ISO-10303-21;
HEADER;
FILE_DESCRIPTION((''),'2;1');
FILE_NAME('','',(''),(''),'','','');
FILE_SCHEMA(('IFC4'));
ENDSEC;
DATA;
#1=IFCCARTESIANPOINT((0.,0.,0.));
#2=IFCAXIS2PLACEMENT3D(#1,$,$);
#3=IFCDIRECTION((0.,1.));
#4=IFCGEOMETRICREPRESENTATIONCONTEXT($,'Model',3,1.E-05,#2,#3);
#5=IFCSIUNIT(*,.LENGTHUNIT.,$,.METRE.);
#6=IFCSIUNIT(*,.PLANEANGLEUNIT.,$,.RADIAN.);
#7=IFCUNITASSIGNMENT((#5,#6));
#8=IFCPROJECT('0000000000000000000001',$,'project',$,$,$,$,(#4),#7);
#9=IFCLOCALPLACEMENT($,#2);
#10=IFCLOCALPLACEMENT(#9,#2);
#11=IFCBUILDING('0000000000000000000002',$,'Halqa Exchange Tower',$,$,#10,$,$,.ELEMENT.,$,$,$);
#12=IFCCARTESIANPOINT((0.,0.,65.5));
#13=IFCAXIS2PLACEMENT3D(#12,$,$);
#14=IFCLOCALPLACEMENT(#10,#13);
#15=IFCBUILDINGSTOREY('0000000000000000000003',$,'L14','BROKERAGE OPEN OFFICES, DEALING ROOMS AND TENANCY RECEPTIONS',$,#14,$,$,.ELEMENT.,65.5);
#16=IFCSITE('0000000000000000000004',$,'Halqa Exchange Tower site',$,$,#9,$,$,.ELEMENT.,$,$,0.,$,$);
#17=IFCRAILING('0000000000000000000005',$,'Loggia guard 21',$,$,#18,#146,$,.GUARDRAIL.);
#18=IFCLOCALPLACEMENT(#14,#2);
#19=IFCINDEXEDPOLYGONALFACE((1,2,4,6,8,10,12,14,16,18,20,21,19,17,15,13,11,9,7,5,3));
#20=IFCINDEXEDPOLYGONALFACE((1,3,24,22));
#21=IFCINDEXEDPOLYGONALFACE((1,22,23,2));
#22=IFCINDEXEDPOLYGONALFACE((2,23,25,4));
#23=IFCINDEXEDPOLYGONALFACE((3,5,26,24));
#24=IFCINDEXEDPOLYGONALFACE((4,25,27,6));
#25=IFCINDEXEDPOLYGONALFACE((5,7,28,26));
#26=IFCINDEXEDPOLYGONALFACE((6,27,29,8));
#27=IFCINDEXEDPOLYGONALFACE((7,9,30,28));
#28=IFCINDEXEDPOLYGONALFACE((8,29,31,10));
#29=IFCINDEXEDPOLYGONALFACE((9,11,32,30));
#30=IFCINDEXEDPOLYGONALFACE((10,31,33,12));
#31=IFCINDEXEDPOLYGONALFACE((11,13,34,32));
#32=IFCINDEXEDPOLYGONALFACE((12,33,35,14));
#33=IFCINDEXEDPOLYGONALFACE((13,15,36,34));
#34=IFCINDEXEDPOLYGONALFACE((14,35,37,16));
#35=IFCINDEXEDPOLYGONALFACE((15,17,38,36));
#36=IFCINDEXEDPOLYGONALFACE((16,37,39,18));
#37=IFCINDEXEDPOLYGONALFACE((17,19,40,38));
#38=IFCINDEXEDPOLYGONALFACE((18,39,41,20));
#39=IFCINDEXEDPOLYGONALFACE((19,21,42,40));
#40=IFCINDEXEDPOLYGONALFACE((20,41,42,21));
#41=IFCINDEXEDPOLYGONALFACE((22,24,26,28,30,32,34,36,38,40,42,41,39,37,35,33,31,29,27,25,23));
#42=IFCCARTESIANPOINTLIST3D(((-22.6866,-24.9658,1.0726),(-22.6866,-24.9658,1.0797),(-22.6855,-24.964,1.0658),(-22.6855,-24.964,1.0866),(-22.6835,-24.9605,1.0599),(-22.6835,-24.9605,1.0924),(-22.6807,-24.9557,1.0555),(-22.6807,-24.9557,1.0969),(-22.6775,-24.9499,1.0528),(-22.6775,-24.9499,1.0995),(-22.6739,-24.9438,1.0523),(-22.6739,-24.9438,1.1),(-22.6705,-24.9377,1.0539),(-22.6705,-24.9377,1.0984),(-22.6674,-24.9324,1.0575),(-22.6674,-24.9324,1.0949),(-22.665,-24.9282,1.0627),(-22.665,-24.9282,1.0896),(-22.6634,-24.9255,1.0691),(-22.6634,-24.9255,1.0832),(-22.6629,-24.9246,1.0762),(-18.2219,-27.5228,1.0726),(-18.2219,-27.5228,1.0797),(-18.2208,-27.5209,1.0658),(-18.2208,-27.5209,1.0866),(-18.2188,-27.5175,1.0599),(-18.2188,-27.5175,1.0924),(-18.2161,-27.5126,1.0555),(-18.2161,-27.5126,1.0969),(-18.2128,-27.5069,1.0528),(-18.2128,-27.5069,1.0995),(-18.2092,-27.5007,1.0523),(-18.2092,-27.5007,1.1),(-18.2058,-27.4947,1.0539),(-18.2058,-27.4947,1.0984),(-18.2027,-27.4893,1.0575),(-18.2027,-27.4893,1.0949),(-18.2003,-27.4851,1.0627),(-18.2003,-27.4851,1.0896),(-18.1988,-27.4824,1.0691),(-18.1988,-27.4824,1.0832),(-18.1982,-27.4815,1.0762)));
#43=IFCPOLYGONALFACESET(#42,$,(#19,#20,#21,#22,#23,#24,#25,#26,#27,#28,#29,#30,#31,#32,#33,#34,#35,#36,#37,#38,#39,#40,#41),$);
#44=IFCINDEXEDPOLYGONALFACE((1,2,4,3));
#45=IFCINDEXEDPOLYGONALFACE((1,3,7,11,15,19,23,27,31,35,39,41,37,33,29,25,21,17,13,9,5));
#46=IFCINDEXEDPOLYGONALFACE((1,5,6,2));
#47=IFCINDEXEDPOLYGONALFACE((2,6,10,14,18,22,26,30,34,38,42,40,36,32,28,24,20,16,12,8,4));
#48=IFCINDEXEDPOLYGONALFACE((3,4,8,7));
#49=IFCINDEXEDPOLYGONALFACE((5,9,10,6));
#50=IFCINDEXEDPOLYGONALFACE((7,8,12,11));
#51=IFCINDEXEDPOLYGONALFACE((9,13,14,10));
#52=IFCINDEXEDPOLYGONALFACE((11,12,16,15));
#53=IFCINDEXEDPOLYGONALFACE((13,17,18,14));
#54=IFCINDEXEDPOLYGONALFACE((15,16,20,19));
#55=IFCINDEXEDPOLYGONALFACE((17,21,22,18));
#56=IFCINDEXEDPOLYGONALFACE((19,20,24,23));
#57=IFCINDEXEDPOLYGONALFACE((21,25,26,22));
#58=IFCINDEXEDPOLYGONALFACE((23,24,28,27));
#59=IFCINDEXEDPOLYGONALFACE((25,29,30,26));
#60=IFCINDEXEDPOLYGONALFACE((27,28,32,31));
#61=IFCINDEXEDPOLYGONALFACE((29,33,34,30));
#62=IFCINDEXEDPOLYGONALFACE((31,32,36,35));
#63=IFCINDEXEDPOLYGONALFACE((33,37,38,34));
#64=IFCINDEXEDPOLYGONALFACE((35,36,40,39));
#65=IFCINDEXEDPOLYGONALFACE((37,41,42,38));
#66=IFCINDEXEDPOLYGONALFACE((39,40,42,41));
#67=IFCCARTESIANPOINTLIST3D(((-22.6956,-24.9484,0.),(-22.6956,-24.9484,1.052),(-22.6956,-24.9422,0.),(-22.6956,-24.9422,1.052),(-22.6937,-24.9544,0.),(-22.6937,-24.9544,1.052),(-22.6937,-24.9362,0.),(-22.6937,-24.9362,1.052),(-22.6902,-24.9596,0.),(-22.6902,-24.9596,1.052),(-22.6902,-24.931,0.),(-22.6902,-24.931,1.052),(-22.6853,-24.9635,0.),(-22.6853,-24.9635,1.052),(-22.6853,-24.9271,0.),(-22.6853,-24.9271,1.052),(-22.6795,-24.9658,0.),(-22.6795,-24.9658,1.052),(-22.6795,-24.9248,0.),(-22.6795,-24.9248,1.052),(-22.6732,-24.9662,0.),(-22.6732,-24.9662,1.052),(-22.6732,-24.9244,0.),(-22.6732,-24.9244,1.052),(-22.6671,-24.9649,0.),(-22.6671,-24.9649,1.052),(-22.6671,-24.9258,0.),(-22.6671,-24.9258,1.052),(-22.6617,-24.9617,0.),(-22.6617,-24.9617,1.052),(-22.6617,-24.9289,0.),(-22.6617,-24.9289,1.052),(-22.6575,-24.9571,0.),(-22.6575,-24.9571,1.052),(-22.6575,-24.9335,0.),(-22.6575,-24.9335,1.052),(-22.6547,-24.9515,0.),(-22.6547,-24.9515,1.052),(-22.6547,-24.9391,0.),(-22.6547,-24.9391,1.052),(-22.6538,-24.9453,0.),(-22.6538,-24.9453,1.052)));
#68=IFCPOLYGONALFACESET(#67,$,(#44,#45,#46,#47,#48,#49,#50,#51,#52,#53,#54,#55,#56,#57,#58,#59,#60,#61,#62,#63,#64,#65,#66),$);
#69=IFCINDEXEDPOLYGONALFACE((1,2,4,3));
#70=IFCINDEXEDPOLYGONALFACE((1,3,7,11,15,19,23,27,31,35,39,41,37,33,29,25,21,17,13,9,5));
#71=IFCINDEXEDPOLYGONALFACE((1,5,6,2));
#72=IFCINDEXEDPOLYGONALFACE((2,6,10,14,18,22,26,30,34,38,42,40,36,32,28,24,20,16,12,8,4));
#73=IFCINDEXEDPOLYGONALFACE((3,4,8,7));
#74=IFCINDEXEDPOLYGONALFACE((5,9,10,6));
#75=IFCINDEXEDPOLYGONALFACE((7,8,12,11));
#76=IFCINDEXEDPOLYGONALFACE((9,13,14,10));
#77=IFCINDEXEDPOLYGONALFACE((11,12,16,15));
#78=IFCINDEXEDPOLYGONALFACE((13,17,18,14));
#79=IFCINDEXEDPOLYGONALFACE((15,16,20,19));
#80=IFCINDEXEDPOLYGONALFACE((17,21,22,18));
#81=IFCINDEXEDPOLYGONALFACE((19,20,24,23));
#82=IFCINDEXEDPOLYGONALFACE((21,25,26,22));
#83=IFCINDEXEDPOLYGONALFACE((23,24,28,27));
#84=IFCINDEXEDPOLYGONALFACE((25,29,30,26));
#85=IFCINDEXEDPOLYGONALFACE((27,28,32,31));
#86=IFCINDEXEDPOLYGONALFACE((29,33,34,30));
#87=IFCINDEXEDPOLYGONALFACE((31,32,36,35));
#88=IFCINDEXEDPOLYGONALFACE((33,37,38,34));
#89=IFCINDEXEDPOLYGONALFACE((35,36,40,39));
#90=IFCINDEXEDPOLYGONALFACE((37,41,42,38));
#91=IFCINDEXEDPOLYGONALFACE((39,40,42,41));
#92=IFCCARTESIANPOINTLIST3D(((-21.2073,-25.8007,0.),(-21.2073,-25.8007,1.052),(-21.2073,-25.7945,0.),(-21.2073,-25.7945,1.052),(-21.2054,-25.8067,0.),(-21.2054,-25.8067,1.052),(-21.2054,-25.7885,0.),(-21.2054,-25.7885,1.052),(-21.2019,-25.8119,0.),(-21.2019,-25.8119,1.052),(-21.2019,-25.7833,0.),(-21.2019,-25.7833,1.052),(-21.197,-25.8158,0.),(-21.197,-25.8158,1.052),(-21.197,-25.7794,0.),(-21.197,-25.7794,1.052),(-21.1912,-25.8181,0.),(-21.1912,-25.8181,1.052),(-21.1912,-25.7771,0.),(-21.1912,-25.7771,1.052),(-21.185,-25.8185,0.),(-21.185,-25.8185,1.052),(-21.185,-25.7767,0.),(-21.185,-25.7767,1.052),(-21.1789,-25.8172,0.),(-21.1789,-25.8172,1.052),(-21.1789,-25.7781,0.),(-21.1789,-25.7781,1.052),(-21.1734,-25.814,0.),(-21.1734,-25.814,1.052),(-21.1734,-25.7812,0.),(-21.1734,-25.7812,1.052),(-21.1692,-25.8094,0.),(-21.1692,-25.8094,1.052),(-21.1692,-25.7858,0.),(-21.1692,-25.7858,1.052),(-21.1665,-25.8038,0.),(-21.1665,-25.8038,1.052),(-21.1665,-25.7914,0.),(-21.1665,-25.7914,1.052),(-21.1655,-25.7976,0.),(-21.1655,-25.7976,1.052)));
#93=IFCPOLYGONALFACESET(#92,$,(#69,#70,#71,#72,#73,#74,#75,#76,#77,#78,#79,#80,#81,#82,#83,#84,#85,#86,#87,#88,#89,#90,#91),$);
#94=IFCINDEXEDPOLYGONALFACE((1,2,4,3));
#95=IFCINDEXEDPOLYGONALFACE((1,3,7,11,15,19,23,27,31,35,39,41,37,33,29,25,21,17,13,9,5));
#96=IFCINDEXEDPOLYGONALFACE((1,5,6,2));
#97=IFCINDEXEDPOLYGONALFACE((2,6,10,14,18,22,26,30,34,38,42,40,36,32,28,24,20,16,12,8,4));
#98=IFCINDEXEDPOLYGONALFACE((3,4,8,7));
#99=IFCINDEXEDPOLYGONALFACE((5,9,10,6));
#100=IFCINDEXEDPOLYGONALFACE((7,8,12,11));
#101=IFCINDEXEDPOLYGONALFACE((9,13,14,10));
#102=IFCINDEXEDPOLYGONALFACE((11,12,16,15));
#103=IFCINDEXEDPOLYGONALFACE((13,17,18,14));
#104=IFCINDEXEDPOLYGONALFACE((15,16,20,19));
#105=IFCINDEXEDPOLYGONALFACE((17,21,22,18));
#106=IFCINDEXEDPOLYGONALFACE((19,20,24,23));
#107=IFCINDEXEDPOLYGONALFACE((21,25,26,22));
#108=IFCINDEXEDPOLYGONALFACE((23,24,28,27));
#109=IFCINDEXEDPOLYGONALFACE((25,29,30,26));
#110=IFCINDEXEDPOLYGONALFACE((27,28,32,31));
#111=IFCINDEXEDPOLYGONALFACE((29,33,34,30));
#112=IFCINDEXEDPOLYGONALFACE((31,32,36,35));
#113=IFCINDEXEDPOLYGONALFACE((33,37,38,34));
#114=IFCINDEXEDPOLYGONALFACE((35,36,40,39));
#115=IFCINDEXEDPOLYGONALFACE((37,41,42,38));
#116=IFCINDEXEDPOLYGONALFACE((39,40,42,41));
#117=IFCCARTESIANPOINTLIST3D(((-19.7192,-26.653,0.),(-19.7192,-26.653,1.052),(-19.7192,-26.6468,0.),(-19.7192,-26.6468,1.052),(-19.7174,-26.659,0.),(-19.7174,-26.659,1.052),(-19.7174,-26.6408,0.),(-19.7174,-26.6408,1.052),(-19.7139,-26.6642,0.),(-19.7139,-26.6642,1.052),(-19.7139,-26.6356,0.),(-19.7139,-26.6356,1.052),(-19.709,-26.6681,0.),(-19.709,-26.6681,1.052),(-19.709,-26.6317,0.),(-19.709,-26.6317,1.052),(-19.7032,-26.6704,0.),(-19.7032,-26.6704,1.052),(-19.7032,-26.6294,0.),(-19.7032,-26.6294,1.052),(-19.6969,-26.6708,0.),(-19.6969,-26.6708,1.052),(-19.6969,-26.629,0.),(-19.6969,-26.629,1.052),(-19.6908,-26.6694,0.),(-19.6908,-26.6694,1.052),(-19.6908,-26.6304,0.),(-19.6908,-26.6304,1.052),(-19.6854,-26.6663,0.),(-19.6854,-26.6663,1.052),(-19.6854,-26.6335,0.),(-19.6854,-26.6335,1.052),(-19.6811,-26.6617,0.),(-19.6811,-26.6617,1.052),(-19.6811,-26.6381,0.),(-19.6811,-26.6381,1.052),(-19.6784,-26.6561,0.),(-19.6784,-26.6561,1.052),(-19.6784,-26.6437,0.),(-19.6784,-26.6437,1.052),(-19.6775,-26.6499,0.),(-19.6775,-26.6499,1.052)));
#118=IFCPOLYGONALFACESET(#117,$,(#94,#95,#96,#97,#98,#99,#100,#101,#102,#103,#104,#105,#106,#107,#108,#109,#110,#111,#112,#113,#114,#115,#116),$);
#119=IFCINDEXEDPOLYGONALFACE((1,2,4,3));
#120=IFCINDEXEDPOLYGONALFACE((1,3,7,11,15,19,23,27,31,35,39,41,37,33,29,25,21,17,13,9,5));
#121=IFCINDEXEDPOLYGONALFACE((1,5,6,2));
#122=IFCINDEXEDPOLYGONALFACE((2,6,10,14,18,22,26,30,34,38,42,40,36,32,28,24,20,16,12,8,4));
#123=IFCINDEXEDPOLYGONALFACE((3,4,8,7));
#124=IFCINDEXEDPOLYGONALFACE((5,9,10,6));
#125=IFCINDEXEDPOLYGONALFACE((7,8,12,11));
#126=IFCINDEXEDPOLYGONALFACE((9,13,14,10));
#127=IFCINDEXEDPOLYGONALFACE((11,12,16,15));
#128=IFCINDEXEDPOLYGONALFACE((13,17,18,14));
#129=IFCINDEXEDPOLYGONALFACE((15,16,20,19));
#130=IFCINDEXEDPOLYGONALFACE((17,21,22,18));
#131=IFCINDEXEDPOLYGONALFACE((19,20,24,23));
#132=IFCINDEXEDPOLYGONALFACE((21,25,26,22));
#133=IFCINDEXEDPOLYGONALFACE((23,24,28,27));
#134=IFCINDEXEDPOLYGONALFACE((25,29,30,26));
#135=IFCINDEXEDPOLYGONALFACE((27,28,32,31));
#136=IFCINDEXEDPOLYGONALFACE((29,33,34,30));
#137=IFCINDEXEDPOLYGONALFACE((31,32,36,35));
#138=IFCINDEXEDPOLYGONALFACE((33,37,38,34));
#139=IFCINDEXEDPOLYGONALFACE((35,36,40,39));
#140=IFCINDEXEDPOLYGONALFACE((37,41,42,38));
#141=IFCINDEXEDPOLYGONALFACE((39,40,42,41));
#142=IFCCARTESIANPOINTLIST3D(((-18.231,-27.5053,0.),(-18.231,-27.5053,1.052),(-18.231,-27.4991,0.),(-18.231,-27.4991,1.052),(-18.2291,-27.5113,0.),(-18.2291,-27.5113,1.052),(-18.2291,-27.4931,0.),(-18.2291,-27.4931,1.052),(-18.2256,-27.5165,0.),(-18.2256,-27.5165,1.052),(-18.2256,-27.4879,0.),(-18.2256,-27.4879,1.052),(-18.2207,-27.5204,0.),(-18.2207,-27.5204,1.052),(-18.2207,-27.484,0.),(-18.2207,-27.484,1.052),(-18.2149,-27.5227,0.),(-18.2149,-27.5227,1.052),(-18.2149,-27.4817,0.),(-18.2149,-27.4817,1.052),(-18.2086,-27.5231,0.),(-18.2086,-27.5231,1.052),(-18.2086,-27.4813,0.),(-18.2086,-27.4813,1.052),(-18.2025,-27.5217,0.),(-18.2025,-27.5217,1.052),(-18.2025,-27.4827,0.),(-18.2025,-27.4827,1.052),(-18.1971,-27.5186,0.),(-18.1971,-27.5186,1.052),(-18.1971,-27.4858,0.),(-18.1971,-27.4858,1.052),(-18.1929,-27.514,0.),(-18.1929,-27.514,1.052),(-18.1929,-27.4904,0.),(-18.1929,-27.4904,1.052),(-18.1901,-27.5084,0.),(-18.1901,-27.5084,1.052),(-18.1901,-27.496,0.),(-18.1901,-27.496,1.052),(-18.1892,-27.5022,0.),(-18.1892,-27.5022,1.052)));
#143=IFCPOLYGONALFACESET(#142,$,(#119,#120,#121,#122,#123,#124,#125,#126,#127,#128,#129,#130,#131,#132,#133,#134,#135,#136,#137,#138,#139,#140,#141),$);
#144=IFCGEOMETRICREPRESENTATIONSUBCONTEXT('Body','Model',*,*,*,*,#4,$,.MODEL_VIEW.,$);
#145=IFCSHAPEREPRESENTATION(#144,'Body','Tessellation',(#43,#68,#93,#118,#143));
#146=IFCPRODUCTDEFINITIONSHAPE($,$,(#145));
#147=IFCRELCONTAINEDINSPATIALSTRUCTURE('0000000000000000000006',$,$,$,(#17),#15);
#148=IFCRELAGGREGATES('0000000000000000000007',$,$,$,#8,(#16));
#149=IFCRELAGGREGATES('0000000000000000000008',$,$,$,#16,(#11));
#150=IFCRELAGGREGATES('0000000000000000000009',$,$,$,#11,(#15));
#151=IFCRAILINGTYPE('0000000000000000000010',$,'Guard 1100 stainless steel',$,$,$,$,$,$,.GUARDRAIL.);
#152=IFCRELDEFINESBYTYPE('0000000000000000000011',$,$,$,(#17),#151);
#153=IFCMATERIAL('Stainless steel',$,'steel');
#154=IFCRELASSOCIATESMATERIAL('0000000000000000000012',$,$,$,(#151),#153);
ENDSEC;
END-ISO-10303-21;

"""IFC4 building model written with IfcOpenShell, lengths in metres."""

from ifc_helpers import new_model, si_unit, direction, frame, origin, origin_2d, place, context, subcontext, project, spatial, circle, extrude, material, type_object, element, save


model = new_model("IFC4")

# Units and contexts
model_context = context("Model", 3, precision=1e-05, world=origin(), true_north=direction((0.0, 1.0)))
body_context = subcontext(model_context, "Body", "Model", "MODEL_VIEW")
ifc_project = project(units=[si_unit("LENGTHUNIT", "METRE"), si_unit("PLANEANGLEUNIT", "RADIAN")], contexts=[model_context])

# Site, building, storey
site_placement = place(None, origin())
site = spatial("IfcSite", under=ifc_project, at=site_placement, Name="Halqa Exchange Tower site", CompositionType="ELEMENT", RefElevation=0.0)
building_placement = place(site_placement, origin())
building = spatial("IfcBuilding", under=site, at=building_placement, Name="Halqa Exchange Tower", CompositionType="ELEMENT")
storey_placement = place(building_placement, frame((0.0, 0.0, 65.5)))
storey = spatial("IfcBuildingStorey", under=building, at=storey_placement, Name="L14", Description="BROKERAGE OPEN OFFICES, DEALING ROOMS AND TENANCY RECEPTIONS", CompositionType="ELEMENT", Elevation=65.5)

# Railing
ifc_material_1 = material(Name="Stainless steel", Category="steel")
railing_type = type_object("IfcRailingType", Name="Guard 1100 stainless steel", PredefinedType="GUARDRAIL", material=ifc_material_1)
railing_1_placement = place(storey_placement, frame((-22.6748, -24.9453, 0.0)))
element("IfcRailing", 1, at=railing_1_placement, inside=storey, type_object=railing_type, Name="Loggia guard 21", PredefinedType="GUARDRAIL", context=body_context, shape_type="SweptSolid", body=[
    extrude(circle(Radius=0.0239, at=origin_2d()), frame((0.0, 0.0, 1.0762), z_axis=(0.867767, -0.496972, 0.0), x_axis=(0.496972, 0.867767, 0.0)), (0.0, 0.0, 1.0), 5.145),
    extrude(circle(Radius=0.021, at=origin_2d()), origin(), (0.0, 0.0, 1.0), 1.052),
    extrude(circle(Radius=0.021, at=origin_2d()), frame((1.4883, -0.8523, 0.0)), (0.0, 0.0, 1.0), 1.052),
    extrude(circle(Radius=0.021, at=origin_2d()), frame((2.9763, -1.7046, 0.0)), (0.0, 0.0, 1.0), 1.052),
    extrude(circle(Radius=0.021, at=origin_2d()), frame((4.4646, -2.5569, 0.0)), (0.0, 0.0, 1.0), 1.052),
])

save(model, "model.ifc")
